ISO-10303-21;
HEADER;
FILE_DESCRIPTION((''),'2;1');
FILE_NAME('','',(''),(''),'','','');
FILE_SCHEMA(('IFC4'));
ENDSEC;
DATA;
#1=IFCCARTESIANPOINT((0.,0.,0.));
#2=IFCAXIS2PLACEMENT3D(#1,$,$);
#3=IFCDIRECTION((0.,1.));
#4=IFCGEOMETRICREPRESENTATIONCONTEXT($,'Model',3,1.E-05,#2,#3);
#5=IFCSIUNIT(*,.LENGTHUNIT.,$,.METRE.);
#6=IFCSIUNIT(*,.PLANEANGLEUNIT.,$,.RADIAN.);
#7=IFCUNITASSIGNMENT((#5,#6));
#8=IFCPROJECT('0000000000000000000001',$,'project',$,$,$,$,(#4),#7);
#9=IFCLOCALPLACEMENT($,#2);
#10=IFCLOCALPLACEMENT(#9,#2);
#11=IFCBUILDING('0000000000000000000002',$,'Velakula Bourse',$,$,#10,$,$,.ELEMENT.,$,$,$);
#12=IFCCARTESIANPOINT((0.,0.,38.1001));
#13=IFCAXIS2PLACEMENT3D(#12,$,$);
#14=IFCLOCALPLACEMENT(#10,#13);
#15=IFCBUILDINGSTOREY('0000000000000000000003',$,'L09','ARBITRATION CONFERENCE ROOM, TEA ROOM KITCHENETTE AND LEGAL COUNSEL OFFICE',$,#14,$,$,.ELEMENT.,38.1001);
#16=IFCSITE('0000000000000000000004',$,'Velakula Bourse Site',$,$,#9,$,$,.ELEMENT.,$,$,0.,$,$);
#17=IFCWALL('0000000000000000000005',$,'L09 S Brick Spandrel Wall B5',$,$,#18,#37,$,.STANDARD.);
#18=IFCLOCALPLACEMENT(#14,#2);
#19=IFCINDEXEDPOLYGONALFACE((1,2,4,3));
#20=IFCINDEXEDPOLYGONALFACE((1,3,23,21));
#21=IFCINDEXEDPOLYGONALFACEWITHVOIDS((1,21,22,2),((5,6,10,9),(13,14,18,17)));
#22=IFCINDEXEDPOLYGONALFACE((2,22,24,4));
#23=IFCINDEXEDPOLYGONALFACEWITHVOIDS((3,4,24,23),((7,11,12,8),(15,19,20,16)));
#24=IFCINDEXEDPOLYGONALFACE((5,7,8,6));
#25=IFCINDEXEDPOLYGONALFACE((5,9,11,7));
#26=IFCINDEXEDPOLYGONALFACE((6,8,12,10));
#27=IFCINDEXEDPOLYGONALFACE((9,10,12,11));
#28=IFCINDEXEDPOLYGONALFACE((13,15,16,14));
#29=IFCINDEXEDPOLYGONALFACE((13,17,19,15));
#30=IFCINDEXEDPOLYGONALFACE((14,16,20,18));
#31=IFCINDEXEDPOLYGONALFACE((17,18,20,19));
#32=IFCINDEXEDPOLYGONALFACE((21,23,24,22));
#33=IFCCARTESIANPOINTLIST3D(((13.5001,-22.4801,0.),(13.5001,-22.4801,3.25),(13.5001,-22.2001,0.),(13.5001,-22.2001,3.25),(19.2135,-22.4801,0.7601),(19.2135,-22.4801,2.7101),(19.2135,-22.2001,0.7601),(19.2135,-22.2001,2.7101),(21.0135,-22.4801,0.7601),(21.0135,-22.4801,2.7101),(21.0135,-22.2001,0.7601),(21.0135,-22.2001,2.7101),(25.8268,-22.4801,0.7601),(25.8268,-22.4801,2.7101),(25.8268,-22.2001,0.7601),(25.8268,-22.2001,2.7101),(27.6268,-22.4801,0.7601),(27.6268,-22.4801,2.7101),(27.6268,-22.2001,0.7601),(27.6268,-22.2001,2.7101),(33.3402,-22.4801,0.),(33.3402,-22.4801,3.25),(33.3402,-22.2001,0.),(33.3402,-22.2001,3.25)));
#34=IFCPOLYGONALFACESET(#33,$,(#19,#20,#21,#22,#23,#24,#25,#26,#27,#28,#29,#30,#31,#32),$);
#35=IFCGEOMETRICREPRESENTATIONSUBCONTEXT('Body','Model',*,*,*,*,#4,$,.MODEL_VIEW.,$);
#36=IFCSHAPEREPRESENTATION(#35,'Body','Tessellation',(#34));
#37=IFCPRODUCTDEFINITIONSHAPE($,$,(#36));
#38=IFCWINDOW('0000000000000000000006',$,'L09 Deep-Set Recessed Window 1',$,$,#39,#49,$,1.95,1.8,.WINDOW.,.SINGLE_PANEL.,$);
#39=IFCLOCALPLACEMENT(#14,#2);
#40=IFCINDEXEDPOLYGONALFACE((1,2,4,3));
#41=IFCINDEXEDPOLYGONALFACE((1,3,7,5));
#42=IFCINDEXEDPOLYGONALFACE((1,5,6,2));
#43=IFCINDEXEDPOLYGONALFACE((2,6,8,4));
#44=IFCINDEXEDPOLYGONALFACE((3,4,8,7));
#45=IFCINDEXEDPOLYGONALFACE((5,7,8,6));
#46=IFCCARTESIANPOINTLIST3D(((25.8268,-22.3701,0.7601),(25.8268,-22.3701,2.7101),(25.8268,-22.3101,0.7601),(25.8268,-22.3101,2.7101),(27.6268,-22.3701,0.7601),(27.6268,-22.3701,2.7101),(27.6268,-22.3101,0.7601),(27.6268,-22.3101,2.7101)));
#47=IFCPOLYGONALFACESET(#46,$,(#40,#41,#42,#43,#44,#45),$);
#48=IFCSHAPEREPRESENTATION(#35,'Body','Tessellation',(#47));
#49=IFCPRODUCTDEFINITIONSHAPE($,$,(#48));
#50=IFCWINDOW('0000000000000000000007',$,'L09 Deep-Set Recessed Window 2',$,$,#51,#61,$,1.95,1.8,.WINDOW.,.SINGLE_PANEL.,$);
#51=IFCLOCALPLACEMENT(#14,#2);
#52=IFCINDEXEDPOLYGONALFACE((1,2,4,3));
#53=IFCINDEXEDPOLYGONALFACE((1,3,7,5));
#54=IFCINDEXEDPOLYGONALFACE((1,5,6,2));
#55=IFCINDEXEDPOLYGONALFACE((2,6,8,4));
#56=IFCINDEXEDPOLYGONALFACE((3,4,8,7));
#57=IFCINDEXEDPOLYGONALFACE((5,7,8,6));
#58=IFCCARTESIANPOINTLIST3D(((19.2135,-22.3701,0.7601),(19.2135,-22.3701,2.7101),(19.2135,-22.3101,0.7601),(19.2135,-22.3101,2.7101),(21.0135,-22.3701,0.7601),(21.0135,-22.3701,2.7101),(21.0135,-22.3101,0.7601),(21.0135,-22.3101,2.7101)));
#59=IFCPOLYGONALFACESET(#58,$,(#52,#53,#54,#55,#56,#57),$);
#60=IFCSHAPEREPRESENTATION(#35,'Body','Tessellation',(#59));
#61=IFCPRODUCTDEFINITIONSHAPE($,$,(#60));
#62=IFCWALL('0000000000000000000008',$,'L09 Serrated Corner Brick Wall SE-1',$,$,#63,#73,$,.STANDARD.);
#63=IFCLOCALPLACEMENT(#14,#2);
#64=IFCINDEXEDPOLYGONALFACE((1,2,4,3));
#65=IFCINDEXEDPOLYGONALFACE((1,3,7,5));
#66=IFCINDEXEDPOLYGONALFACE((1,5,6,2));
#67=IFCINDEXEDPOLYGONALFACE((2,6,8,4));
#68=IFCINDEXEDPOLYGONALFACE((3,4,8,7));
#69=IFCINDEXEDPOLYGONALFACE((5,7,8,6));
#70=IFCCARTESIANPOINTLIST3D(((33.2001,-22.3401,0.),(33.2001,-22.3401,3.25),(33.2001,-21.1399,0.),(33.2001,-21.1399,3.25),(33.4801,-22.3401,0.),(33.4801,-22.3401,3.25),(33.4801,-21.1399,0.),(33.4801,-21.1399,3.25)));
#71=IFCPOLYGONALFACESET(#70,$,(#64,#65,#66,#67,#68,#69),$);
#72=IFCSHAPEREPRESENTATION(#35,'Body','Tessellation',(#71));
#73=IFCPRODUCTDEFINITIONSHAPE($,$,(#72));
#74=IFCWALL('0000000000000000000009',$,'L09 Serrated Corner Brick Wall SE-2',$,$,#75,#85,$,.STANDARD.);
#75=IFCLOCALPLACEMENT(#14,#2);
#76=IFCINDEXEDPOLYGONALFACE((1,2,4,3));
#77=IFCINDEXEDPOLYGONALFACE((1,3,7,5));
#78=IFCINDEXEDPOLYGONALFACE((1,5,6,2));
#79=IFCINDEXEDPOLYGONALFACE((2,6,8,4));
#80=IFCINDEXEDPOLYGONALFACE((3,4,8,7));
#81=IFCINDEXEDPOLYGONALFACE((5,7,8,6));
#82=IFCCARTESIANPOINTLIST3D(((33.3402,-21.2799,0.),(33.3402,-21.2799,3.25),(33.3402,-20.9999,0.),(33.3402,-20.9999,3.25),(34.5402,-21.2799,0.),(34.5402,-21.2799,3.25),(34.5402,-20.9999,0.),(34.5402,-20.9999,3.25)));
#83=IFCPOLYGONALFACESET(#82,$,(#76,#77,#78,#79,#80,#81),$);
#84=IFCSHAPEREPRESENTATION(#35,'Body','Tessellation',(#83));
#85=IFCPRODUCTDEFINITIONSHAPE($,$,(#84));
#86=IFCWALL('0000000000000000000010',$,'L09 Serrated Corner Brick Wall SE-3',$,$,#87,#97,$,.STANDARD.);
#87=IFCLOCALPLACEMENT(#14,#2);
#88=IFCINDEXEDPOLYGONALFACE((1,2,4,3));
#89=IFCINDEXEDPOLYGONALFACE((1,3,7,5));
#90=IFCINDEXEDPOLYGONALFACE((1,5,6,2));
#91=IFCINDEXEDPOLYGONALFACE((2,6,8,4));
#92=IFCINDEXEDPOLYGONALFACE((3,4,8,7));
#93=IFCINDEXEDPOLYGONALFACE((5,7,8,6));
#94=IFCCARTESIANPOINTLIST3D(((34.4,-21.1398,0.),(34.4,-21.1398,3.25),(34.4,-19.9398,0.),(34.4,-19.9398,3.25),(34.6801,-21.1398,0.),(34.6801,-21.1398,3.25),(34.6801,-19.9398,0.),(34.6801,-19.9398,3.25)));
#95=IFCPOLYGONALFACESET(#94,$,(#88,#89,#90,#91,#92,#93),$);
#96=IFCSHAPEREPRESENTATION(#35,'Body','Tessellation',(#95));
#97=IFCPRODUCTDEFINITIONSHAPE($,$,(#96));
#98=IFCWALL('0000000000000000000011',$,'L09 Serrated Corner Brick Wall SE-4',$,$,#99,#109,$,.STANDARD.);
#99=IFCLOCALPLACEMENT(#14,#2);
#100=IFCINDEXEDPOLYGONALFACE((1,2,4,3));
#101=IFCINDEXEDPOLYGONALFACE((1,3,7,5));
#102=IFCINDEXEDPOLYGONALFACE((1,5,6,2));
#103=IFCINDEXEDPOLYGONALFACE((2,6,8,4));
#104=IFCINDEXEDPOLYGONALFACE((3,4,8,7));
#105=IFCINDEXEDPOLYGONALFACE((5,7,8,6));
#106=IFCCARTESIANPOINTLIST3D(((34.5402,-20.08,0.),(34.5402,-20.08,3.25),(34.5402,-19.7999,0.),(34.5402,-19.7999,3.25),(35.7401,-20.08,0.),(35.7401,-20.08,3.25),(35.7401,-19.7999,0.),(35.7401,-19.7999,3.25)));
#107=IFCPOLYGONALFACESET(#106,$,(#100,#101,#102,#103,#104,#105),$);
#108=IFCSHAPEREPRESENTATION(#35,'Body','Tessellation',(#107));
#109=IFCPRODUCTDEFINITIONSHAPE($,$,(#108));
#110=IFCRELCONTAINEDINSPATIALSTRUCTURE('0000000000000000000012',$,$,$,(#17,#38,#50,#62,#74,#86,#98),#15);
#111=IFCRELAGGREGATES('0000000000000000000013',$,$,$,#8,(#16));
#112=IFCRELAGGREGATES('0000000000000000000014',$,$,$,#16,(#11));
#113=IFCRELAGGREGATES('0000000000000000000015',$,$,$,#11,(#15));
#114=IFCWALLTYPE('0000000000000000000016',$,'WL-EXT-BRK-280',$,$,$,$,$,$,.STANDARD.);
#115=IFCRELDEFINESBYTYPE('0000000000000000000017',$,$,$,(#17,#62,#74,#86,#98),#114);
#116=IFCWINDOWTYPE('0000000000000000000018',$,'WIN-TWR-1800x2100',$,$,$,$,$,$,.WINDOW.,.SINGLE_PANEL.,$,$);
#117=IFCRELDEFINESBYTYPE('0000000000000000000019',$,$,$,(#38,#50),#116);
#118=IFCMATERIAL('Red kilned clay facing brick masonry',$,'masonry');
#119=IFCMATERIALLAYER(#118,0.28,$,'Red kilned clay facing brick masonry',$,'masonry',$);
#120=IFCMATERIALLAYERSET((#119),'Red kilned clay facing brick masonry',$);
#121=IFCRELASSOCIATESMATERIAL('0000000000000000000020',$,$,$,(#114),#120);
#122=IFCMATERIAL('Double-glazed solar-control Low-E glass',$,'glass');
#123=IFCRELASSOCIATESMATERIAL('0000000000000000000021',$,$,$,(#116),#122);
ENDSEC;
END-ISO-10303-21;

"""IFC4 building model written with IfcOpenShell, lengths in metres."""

from ifc_helpers import new_model, si_unit, direction, frame, frame_2d, origin, place, context, subcontext, project, spatial, rectangle, extrude, material, layer, layer_set, type_object, element, fill, save


model = new_model("IFC4")

# Units and contexts
model_context = context("Model", 3, precision=1e-05, world=origin(), true_north=direction((0.0, 1.0)))
body_context = subcontext(model_context, "Body", "Model", "MODEL_VIEW")
ifc_project = project(units=[si_unit("LENGTHUNIT", "METRE"), si_unit("PLANEANGLEUNIT", "RADIAN")], contexts=[model_context])

# Site, building, storey
site_placement = place(None, origin())
site = spatial("IfcSite", under=ifc_project, at=site_placement, Name="Velakula Bourse Site", CompositionType="ELEMENT", RefElevation=0.0)
building_placement = place(site_placement, origin())
building = spatial("IfcBuilding", under=site, at=building_placement, Name="Velakula Bourse", CompositionType="ELEMENT")
storey_placement = place(building_placement, frame((0.0, 0.0, 38.1001)))
storey = spatial("IfcBuildingStorey", under=building, at=storey_placement, Name="L09", Description="ARBITRATION CONFERENCE ROOM, TEA ROOM KITCHENETTE AND LEGAL COUNSEL OFFICE", CompositionType="ELEMENT", Elevation=38.1001)

# Wall, openings, windows
ifc_material_1 = material(Name="Red kilned clay facing brick masonry", Category="masonry")
ifc_layer = layer(ifc_material_1, 0.28, Name="Red kilned clay facing brick masonry", Category="masonry")
ifc_layer_set = layer_set([ifc_layer], Name="Red kilned clay facing brick masonry")
wall_type = type_object("IfcWallType", Name="WL-EXT-BRK-280", PredefinedType="STANDARD", material=ifc_layer_set)
wall_1_placement = place(storey_placement, frame((33.3401, -22.3401, 0.0), z_axis=(0.0, 0.0, 1.0), x_axis=(-1.0, 0.0, 0.0)))
wall_1 = element("IfcWall", 1, at=wall_1_placement, inside=storey, type_object=wall_type, Name="L09 S Brick Spandrel Wall B5", PredefinedType="STANDARD", context=body_context, shape_type="SweptSolid", body=[
    extrude(rectangle(XDim=19.8401, YDim=0.28, at=frame_2d((9.9199, 0.0))), origin(), (0.0, 0.0, 1.0), 3.25),
])
opening_1_placement = place(wall_1_placement, frame((5.7134, 0.0, 0.76)))
opening_1 = element("IfcOpeningElement", 2, at=opening_1_placement, cuts=wall_1, PredefinedType="OPENING", context=body_context, shape_type="SweptSolid", body=[
    extrude(rectangle(XDim=1.8, YDim=1.95, at=frame_2d((0.8999, 0.9751))), frame((0.0, 0.1499, 0.0), z_axis=(0.0, -1.0, 0.0), x_axis=(1.0, 0.0, 0.0)), (0.0, 0.0, 1.0), 0.3),
])
opening_2_placement = place(wall_1_placement, frame((12.3267, 0.0, 0.76)))
opening_2 = element("IfcOpeningElement", 3, at=opening_2_placement, cuts=wall_1, PredefinedType="OPENING", context=body_context, shape_type="SweptSolid", body=[
    extrude(rectangle(XDim=1.8, YDim=1.95, at=frame_2d((0.8999, 0.9751))), frame((0.0, 0.1499, 0.0), z_axis=(0.0, -1.0, 0.0), x_axis=(1.0, 0.0, 0.0)), (0.0, 0.0, 1.0), 0.3),
])
ifc_material_2 = material(Name="Double-glazed solar-control Low-E glass", Category="glass")
window_type = type_object("IfcWindowType", Name="WIN-TWR-1800x2100", PartitioningType="SINGLE_PANEL", PredefinedType="WINDOW", material=ifc_material_2)
window_1_placement = place(opening_1_placement, origin())
window_1 = element("IfcWindow", 4, at=window_1_placement, inside=storey, type_object=window_type, Name="L09 Deep-Set Recessed Window 1", OverallHeight=1.95, OverallWidth=1.8, PartitioningType="SINGLE_PANEL", PredefinedType="WINDOW", context=body_context, shape_type="SweptSolid", body=[
    extrude(rectangle(XDim=1.8, YDim=1.95, at=frame_2d((0.8999, 0.9751))), frame((0.0, 0.03, 0.0), z_axis=(0.0, -1.0, 0.0), x_axis=(1.0, 0.0, 0.0)), (0.0, 0.0, 1.0), 0.0601),
])
fill(opening_1, window_1)
window_2_placement = place(opening_2_placement, origin())
window_2 = element("IfcWindow", 5, at=window_2_placement, inside=storey, type_object=window_type, Name="L09 Deep-Set Recessed Window 2", OverallHeight=1.95, OverallWidth=1.8, PartitioningType="SINGLE_PANEL", PredefinedType="WINDOW", context=body_context, shape_type="SweptSolid", body=[
    extrude(rectangle(XDim=1.8, YDim=1.95, at=frame_2d((0.8999, 0.9751))), frame((0.0, 0.03, 0.0), z_axis=(0.0, -1.0, 0.0), x_axis=(1.0, 0.0, 0.0)), (0.0, 0.0, 1.0), 0.0601),
])
fill(opening_2, window_2)

# Walls
wall_2_placement = place(storey_placement, frame((33.3401, -22.3401, 0.0), z_axis=(0.0, 0.0, 1.0), x_axis=(0.0, 1.0, 0.0)))
element("IfcWall", 6, at=wall_2_placement, inside=storey, type_object=wall_type, Name="L09 Serrated Corner Brick Wall SE-1", PredefinedType="STANDARD", context=body_context, shape_type="SweptSolid", body=[
    extrude(rectangle(XDim=1.2002, YDim=0.28, at=frame_2d((0.6001, 0.0))), origin(), (0.0, 0.0, 1.0), 3.25),
])
for number, where, z_axis, x_axis, name in (
    (7, (33.3401, -21.1399, 0.0), (0.0, 0.0, 1.0), (1.0, 0.0, 0.0), "L09 Serrated Corner Brick Wall SE-2"),
    (8, (34.54, -21.1399, 0.0), (0.0, 0.0, 1.0), (0.0, 1.0, 0.0), "L09 Serrated Corner Brick Wall SE-3"),
    (9, (34.54, -19.9399, 0.0), (0.0, 0.0, 1.0), (1.0, 0.0, 0.0), "L09 Serrated Corner Brick Wall SE-4"),
):
    element("IfcWall", number, at=place(storey_placement, frame(where, z_axis=z_axis, x_axis=x_axis)), inside=storey, type_object=wall_type, Name=name, PredefinedType="STANDARD", context=body_context, shape_type="SweptSolid", body=[
        extrude(rectangle(XDim=1.2, YDim=0.28, at=frame_2d((0.6001, 0.0))), origin(), (0.0, 0.0, 1.0), 3.25),
    ])

save(model, "model.ifc")
